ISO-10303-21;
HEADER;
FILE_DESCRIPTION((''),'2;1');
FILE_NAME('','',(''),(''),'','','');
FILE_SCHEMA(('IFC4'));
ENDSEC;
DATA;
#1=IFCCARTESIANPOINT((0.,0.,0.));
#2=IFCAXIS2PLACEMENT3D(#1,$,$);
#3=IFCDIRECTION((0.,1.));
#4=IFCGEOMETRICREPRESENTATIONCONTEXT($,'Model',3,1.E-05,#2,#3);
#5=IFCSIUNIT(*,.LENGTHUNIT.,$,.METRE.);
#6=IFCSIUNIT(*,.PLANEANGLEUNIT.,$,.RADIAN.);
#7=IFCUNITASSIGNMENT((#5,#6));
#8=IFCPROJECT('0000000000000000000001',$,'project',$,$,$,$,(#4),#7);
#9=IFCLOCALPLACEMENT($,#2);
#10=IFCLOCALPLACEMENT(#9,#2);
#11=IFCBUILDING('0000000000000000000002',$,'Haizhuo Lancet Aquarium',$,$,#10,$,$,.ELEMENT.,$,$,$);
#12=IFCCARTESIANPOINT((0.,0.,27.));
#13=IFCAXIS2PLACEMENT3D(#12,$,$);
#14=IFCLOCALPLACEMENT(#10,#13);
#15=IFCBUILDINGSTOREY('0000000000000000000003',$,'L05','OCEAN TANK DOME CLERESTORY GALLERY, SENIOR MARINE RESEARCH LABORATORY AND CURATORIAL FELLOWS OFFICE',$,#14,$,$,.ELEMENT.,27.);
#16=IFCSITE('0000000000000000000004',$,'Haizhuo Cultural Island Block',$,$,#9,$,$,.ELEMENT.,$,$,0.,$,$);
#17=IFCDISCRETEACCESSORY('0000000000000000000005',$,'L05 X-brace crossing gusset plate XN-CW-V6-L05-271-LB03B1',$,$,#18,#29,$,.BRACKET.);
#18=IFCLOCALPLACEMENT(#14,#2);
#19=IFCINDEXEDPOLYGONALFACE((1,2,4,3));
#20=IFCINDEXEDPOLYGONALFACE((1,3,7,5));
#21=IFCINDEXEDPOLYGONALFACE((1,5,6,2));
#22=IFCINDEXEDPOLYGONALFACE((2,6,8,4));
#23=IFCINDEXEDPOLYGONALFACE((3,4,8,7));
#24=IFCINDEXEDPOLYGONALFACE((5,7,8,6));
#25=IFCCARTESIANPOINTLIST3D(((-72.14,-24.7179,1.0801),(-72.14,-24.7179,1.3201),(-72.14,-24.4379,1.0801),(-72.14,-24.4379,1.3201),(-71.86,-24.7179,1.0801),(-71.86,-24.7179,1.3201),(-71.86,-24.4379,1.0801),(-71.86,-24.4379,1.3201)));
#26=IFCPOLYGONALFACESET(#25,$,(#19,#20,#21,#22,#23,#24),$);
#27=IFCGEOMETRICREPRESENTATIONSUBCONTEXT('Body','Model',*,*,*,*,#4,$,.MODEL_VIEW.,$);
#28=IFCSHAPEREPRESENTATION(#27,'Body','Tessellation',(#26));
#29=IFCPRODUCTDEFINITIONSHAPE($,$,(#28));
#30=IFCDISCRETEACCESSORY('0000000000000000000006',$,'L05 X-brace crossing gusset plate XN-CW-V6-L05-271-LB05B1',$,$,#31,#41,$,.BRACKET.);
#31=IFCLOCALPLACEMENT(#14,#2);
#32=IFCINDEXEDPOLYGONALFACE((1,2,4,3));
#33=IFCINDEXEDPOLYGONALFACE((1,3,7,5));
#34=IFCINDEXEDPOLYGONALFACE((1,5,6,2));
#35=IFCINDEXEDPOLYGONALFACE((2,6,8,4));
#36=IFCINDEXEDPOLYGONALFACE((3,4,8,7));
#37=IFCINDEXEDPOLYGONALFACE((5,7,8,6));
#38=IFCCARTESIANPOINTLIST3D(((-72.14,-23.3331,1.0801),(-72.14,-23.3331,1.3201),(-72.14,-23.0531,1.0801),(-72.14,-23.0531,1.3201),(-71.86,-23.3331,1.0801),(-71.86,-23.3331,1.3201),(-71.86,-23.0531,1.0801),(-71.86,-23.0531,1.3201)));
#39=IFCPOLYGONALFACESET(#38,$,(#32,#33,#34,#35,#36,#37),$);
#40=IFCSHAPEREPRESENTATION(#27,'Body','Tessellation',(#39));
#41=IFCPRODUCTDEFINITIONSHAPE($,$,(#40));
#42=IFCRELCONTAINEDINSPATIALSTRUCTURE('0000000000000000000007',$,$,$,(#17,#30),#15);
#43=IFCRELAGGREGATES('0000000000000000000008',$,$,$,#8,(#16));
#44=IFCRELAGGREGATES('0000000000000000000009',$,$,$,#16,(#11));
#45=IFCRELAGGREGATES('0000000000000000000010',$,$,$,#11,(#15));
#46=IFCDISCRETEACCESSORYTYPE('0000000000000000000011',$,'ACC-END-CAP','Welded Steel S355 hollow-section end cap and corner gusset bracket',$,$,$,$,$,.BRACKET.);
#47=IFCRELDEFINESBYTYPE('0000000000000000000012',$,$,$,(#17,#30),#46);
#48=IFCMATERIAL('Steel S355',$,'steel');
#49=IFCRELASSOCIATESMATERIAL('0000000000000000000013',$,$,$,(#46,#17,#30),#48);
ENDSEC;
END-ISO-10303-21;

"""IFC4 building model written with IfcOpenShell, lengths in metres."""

from ifc_helpers import new_model, si_unit, direction, frame, origin, origin_2d, place, context, subcontext, project, spatial, rectangle, extrude, material, type_object, element, save


model = new_model("IFC4")

# Units and contexts
model_context = context("Model", 3, precision=1e-05, world=origin(), true_north=direction((0.0, 1.0)))
body_context = subcontext(model_context, "Body", "Model", "MODEL_VIEW")
ifc_project = project(units=[si_unit("LENGTHUNIT", "METRE"), si_unit("PLANEANGLEUNIT", "RADIAN")], contexts=[model_context])

# Site, building, storey
site_placement = place(None, origin())
site = spatial("IfcSite", under=ifc_project, at=site_placement, Name="Haizhuo Cultural Island Block", CompositionType="ELEMENT", RefElevation=0.0)
building_placement = place(site_placement, origin())
building = spatial("IfcBuilding", under=site, at=building_placement, Name="Haizhuo Lancet Aquarium", CompositionType="ELEMENT")
storey_placement = place(building_placement, frame((0.0, 0.0, 27.0)))
storey = spatial("IfcBuildingStorey", under=building, at=storey_placement, Name="L05", Description="OCEAN TANK DOME CLERESTORY GALLERY, SENIOR MARINE RESEARCH LABORATORY AND CURATORIAL FELLOWS OFFICE", CompositionType="ELEMENT", Elevation=27.0)

# Shared definitions
ifc_material_1 = material(Name="Steel S355", Category="steel")

# Discrete accessories
discrete_accessory_type = type_object("IfcDiscreteAccessoryType", Name="ACC-END-CAP", Description="Welded Steel S355 hollow-section end cap and corner gusset bracket", PredefinedType="BRACKET", material=ifc_material_1)
for number, where, z_axis, x_axis, name in (
    (1, (-72.0, -24.5779, 1.0801), (0.0, 0.0, 1.0), (1.0, 0.0, 0.0), "L05 X-brace crossing gusset plate XN-CW-V6-L05-271-LB03B1"),
    (2, (-72.0, -23.1931, 1.0801), (0.0, 0.0, 1.0), (1.0, 0.0, 0.0), "L05 X-brace crossing gusset plate XN-CW-V6-L05-271-LB05B1"),
):
    element("IfcDiscreteAccessory", number, at=place(storey_placement, frame(where, z_axis=z_axis, x_axis=x_axis)), inside=storey, type_object=discrete_accessory_type, material=ifc_material_1, Name=name, PredefinedType="BRACKET", context=body_context, shape_type="SweptSolid", body=[
        extrude(rectangle(XDim=0.28, YDim=0.28, at=origin_2d()), origin(), (0.0, 0.0, 1.0), 0.24),
    ])

save(model, "model.ifc")
